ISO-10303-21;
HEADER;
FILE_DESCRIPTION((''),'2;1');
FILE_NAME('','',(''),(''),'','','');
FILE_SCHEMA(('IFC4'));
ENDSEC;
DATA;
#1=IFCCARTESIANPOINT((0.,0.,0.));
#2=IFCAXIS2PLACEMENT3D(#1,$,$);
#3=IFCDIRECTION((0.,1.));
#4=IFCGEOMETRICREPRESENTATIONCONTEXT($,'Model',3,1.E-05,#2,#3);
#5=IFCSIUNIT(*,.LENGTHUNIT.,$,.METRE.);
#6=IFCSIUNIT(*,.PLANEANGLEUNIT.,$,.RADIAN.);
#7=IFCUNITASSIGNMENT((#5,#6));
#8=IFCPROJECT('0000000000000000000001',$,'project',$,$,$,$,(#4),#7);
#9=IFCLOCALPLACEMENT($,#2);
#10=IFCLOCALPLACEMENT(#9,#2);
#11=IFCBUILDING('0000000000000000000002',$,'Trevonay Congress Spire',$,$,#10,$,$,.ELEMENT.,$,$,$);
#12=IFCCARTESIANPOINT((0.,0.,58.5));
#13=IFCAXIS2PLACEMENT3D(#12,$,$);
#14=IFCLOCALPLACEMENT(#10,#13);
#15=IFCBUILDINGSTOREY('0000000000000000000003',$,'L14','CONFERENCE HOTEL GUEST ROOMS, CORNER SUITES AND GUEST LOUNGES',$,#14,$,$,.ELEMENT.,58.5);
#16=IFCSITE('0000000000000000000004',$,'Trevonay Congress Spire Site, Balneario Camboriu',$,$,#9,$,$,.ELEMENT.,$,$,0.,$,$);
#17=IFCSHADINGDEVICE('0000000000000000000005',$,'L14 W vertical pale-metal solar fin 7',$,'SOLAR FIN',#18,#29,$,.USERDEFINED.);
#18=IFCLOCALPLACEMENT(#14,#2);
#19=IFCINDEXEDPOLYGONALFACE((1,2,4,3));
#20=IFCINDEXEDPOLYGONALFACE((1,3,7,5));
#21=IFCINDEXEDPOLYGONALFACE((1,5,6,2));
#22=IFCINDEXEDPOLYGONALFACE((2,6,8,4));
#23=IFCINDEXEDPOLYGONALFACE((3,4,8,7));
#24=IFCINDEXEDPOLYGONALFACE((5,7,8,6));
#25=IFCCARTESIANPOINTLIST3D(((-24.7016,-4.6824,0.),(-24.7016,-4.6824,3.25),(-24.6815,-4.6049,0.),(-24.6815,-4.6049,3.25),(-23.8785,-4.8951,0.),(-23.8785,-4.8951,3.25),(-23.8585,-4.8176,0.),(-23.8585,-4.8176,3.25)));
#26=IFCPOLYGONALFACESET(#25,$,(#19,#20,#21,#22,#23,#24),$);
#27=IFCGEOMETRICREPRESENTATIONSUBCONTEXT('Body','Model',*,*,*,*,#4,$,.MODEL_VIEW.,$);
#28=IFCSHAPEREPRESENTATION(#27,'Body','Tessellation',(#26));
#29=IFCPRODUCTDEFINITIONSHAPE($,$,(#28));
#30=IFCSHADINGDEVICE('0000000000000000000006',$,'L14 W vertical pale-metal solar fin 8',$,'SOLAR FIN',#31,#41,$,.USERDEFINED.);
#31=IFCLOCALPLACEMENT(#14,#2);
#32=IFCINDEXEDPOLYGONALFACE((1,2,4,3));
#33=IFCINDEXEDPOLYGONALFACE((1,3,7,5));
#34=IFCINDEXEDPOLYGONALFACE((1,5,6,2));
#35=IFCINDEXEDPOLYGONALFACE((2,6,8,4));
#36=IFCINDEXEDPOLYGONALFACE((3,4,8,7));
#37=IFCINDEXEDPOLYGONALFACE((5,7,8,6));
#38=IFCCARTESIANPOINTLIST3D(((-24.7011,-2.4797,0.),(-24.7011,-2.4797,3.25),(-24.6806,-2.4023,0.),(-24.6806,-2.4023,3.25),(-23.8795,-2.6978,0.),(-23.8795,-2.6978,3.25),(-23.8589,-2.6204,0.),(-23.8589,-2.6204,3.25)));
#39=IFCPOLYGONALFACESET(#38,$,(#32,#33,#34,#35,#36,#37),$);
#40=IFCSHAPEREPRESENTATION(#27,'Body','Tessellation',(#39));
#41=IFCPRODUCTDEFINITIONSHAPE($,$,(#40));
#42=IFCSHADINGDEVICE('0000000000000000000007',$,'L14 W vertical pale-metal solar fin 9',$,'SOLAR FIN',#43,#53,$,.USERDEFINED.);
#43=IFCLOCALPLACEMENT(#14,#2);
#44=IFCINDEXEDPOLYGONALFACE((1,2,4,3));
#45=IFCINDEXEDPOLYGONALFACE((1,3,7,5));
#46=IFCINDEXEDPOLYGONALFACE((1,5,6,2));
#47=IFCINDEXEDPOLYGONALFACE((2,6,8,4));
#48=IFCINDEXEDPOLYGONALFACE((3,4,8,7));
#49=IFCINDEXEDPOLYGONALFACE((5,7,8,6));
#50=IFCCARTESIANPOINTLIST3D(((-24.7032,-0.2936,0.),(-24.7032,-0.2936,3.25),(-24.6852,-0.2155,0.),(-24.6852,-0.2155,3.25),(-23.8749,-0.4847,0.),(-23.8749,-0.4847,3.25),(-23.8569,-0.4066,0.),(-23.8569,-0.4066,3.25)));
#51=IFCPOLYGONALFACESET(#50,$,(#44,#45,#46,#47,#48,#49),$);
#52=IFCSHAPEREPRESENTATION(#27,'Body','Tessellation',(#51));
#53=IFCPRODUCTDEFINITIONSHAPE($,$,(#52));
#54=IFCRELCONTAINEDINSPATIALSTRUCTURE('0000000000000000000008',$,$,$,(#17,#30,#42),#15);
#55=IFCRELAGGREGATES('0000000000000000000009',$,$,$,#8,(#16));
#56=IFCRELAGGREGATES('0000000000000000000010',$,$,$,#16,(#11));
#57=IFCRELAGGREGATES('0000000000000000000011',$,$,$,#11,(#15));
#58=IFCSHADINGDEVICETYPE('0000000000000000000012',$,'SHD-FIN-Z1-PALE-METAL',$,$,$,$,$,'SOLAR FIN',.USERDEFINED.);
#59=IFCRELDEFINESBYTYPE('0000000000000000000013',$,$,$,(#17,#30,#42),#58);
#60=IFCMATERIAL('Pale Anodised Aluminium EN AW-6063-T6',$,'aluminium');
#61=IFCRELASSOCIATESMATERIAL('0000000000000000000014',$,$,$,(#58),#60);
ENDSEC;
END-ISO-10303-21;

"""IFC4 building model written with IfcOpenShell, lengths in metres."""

from ifc_helpers import new_model, si_unit, direction, frame, origin, origin_2d, place, context, subcontext, project, spatial, rectangle, extrude, material, type_object, element, save


model = new_model("IFC4")

# Units and contexts
model_context = context("Model", 3, precision=1e-05, world=origin(), true_north=direction((0.0, 1.0)))
body_context = subcontext(model_context, "Body", "Model", "MODEL_VIEW")
ifc_project = project(units=[si_unit("LENGTHUNIT", "METRE"), si_unit("PLANEANGLEUNIT", "RADIAN")], contexts=[model_context])

# Site, building, storey
site_placement = place(None, origin())
site = spatial("IfcSite", under=ifc_project, at=site_placement, Name="Trevonay Congress Spire Site, Balneario Camboriu", CompositionType="ELEMENT", RefElevation=0.0)
building_placement = place(site_placement, origin())
building = spatial("IfcBuilding", under=site, at=building_placement, Name="Trevonay Congress Spire", CompositionType="ELEMENT")
storey_placement = place(building_placement, frame((0.0, 0.0, 58.5)))
storey = spatial("IfcBuildingStorey", under=building, at=storey_placement, Name="L14", Description="CONFERENCE HOTEL GUEST ROOMS, CORNER SUITES AND GUEST LOUNGES", CompositionType="ELEMENT", Elevation=58.5)

# Shared definitions
ifc_material_1 = material(Name="Pale Anodised Aluminium EN AW-6063-T6", Category="aluminium")

# Shading devices
shading_device_type = type_object("IfcShadingDeviceType", Name="SHD-FIN-Z1-PALE-METAL", ElementType="SOLAR FIN", PredefinedType="USERDEFINED", material=ifc_material_1)
for number, where, z_axis, x_axis, name in (
    (1, (-24.28, -4.75, 0.0), (0.0, 0.0, 1.0), (0.250211, 0.968191, 0.0), "L14 W vertical pale-metal solar fin 7"),
    (2, (-24.28, -2.55, 0.0), (0.0, 0.0, 1.0), (0.256627, 0.966511, 0.0), "L14 W vertical pale-metal solar fin 8"),
    (3, (-24.28, -0.3501, 0.0), (0.0, 0.0, 1.0), (0.224781, 0.974409, 0.0), "L14 W vertical pale-metal solar fin 9"),
):
    element("IfcShadingDevice", number, at=place(storey_placement, frame(where, z_axis=z_axis, x_axis=x_axis)), inside=storey, type_object=shading_device_type, Name=name, ObjectType="SOLAR FIN", PredefinedType="USERDEFINED", context=body_context, shape_type="SweptSolid", body=[
        extrude(rectangle(XDim=0.0801, YDim=0.8501, at=origin_2d()), origin(), (0.0, 0.0, 1.0), 3.25),
    ])

save(model, "model.ifc")
